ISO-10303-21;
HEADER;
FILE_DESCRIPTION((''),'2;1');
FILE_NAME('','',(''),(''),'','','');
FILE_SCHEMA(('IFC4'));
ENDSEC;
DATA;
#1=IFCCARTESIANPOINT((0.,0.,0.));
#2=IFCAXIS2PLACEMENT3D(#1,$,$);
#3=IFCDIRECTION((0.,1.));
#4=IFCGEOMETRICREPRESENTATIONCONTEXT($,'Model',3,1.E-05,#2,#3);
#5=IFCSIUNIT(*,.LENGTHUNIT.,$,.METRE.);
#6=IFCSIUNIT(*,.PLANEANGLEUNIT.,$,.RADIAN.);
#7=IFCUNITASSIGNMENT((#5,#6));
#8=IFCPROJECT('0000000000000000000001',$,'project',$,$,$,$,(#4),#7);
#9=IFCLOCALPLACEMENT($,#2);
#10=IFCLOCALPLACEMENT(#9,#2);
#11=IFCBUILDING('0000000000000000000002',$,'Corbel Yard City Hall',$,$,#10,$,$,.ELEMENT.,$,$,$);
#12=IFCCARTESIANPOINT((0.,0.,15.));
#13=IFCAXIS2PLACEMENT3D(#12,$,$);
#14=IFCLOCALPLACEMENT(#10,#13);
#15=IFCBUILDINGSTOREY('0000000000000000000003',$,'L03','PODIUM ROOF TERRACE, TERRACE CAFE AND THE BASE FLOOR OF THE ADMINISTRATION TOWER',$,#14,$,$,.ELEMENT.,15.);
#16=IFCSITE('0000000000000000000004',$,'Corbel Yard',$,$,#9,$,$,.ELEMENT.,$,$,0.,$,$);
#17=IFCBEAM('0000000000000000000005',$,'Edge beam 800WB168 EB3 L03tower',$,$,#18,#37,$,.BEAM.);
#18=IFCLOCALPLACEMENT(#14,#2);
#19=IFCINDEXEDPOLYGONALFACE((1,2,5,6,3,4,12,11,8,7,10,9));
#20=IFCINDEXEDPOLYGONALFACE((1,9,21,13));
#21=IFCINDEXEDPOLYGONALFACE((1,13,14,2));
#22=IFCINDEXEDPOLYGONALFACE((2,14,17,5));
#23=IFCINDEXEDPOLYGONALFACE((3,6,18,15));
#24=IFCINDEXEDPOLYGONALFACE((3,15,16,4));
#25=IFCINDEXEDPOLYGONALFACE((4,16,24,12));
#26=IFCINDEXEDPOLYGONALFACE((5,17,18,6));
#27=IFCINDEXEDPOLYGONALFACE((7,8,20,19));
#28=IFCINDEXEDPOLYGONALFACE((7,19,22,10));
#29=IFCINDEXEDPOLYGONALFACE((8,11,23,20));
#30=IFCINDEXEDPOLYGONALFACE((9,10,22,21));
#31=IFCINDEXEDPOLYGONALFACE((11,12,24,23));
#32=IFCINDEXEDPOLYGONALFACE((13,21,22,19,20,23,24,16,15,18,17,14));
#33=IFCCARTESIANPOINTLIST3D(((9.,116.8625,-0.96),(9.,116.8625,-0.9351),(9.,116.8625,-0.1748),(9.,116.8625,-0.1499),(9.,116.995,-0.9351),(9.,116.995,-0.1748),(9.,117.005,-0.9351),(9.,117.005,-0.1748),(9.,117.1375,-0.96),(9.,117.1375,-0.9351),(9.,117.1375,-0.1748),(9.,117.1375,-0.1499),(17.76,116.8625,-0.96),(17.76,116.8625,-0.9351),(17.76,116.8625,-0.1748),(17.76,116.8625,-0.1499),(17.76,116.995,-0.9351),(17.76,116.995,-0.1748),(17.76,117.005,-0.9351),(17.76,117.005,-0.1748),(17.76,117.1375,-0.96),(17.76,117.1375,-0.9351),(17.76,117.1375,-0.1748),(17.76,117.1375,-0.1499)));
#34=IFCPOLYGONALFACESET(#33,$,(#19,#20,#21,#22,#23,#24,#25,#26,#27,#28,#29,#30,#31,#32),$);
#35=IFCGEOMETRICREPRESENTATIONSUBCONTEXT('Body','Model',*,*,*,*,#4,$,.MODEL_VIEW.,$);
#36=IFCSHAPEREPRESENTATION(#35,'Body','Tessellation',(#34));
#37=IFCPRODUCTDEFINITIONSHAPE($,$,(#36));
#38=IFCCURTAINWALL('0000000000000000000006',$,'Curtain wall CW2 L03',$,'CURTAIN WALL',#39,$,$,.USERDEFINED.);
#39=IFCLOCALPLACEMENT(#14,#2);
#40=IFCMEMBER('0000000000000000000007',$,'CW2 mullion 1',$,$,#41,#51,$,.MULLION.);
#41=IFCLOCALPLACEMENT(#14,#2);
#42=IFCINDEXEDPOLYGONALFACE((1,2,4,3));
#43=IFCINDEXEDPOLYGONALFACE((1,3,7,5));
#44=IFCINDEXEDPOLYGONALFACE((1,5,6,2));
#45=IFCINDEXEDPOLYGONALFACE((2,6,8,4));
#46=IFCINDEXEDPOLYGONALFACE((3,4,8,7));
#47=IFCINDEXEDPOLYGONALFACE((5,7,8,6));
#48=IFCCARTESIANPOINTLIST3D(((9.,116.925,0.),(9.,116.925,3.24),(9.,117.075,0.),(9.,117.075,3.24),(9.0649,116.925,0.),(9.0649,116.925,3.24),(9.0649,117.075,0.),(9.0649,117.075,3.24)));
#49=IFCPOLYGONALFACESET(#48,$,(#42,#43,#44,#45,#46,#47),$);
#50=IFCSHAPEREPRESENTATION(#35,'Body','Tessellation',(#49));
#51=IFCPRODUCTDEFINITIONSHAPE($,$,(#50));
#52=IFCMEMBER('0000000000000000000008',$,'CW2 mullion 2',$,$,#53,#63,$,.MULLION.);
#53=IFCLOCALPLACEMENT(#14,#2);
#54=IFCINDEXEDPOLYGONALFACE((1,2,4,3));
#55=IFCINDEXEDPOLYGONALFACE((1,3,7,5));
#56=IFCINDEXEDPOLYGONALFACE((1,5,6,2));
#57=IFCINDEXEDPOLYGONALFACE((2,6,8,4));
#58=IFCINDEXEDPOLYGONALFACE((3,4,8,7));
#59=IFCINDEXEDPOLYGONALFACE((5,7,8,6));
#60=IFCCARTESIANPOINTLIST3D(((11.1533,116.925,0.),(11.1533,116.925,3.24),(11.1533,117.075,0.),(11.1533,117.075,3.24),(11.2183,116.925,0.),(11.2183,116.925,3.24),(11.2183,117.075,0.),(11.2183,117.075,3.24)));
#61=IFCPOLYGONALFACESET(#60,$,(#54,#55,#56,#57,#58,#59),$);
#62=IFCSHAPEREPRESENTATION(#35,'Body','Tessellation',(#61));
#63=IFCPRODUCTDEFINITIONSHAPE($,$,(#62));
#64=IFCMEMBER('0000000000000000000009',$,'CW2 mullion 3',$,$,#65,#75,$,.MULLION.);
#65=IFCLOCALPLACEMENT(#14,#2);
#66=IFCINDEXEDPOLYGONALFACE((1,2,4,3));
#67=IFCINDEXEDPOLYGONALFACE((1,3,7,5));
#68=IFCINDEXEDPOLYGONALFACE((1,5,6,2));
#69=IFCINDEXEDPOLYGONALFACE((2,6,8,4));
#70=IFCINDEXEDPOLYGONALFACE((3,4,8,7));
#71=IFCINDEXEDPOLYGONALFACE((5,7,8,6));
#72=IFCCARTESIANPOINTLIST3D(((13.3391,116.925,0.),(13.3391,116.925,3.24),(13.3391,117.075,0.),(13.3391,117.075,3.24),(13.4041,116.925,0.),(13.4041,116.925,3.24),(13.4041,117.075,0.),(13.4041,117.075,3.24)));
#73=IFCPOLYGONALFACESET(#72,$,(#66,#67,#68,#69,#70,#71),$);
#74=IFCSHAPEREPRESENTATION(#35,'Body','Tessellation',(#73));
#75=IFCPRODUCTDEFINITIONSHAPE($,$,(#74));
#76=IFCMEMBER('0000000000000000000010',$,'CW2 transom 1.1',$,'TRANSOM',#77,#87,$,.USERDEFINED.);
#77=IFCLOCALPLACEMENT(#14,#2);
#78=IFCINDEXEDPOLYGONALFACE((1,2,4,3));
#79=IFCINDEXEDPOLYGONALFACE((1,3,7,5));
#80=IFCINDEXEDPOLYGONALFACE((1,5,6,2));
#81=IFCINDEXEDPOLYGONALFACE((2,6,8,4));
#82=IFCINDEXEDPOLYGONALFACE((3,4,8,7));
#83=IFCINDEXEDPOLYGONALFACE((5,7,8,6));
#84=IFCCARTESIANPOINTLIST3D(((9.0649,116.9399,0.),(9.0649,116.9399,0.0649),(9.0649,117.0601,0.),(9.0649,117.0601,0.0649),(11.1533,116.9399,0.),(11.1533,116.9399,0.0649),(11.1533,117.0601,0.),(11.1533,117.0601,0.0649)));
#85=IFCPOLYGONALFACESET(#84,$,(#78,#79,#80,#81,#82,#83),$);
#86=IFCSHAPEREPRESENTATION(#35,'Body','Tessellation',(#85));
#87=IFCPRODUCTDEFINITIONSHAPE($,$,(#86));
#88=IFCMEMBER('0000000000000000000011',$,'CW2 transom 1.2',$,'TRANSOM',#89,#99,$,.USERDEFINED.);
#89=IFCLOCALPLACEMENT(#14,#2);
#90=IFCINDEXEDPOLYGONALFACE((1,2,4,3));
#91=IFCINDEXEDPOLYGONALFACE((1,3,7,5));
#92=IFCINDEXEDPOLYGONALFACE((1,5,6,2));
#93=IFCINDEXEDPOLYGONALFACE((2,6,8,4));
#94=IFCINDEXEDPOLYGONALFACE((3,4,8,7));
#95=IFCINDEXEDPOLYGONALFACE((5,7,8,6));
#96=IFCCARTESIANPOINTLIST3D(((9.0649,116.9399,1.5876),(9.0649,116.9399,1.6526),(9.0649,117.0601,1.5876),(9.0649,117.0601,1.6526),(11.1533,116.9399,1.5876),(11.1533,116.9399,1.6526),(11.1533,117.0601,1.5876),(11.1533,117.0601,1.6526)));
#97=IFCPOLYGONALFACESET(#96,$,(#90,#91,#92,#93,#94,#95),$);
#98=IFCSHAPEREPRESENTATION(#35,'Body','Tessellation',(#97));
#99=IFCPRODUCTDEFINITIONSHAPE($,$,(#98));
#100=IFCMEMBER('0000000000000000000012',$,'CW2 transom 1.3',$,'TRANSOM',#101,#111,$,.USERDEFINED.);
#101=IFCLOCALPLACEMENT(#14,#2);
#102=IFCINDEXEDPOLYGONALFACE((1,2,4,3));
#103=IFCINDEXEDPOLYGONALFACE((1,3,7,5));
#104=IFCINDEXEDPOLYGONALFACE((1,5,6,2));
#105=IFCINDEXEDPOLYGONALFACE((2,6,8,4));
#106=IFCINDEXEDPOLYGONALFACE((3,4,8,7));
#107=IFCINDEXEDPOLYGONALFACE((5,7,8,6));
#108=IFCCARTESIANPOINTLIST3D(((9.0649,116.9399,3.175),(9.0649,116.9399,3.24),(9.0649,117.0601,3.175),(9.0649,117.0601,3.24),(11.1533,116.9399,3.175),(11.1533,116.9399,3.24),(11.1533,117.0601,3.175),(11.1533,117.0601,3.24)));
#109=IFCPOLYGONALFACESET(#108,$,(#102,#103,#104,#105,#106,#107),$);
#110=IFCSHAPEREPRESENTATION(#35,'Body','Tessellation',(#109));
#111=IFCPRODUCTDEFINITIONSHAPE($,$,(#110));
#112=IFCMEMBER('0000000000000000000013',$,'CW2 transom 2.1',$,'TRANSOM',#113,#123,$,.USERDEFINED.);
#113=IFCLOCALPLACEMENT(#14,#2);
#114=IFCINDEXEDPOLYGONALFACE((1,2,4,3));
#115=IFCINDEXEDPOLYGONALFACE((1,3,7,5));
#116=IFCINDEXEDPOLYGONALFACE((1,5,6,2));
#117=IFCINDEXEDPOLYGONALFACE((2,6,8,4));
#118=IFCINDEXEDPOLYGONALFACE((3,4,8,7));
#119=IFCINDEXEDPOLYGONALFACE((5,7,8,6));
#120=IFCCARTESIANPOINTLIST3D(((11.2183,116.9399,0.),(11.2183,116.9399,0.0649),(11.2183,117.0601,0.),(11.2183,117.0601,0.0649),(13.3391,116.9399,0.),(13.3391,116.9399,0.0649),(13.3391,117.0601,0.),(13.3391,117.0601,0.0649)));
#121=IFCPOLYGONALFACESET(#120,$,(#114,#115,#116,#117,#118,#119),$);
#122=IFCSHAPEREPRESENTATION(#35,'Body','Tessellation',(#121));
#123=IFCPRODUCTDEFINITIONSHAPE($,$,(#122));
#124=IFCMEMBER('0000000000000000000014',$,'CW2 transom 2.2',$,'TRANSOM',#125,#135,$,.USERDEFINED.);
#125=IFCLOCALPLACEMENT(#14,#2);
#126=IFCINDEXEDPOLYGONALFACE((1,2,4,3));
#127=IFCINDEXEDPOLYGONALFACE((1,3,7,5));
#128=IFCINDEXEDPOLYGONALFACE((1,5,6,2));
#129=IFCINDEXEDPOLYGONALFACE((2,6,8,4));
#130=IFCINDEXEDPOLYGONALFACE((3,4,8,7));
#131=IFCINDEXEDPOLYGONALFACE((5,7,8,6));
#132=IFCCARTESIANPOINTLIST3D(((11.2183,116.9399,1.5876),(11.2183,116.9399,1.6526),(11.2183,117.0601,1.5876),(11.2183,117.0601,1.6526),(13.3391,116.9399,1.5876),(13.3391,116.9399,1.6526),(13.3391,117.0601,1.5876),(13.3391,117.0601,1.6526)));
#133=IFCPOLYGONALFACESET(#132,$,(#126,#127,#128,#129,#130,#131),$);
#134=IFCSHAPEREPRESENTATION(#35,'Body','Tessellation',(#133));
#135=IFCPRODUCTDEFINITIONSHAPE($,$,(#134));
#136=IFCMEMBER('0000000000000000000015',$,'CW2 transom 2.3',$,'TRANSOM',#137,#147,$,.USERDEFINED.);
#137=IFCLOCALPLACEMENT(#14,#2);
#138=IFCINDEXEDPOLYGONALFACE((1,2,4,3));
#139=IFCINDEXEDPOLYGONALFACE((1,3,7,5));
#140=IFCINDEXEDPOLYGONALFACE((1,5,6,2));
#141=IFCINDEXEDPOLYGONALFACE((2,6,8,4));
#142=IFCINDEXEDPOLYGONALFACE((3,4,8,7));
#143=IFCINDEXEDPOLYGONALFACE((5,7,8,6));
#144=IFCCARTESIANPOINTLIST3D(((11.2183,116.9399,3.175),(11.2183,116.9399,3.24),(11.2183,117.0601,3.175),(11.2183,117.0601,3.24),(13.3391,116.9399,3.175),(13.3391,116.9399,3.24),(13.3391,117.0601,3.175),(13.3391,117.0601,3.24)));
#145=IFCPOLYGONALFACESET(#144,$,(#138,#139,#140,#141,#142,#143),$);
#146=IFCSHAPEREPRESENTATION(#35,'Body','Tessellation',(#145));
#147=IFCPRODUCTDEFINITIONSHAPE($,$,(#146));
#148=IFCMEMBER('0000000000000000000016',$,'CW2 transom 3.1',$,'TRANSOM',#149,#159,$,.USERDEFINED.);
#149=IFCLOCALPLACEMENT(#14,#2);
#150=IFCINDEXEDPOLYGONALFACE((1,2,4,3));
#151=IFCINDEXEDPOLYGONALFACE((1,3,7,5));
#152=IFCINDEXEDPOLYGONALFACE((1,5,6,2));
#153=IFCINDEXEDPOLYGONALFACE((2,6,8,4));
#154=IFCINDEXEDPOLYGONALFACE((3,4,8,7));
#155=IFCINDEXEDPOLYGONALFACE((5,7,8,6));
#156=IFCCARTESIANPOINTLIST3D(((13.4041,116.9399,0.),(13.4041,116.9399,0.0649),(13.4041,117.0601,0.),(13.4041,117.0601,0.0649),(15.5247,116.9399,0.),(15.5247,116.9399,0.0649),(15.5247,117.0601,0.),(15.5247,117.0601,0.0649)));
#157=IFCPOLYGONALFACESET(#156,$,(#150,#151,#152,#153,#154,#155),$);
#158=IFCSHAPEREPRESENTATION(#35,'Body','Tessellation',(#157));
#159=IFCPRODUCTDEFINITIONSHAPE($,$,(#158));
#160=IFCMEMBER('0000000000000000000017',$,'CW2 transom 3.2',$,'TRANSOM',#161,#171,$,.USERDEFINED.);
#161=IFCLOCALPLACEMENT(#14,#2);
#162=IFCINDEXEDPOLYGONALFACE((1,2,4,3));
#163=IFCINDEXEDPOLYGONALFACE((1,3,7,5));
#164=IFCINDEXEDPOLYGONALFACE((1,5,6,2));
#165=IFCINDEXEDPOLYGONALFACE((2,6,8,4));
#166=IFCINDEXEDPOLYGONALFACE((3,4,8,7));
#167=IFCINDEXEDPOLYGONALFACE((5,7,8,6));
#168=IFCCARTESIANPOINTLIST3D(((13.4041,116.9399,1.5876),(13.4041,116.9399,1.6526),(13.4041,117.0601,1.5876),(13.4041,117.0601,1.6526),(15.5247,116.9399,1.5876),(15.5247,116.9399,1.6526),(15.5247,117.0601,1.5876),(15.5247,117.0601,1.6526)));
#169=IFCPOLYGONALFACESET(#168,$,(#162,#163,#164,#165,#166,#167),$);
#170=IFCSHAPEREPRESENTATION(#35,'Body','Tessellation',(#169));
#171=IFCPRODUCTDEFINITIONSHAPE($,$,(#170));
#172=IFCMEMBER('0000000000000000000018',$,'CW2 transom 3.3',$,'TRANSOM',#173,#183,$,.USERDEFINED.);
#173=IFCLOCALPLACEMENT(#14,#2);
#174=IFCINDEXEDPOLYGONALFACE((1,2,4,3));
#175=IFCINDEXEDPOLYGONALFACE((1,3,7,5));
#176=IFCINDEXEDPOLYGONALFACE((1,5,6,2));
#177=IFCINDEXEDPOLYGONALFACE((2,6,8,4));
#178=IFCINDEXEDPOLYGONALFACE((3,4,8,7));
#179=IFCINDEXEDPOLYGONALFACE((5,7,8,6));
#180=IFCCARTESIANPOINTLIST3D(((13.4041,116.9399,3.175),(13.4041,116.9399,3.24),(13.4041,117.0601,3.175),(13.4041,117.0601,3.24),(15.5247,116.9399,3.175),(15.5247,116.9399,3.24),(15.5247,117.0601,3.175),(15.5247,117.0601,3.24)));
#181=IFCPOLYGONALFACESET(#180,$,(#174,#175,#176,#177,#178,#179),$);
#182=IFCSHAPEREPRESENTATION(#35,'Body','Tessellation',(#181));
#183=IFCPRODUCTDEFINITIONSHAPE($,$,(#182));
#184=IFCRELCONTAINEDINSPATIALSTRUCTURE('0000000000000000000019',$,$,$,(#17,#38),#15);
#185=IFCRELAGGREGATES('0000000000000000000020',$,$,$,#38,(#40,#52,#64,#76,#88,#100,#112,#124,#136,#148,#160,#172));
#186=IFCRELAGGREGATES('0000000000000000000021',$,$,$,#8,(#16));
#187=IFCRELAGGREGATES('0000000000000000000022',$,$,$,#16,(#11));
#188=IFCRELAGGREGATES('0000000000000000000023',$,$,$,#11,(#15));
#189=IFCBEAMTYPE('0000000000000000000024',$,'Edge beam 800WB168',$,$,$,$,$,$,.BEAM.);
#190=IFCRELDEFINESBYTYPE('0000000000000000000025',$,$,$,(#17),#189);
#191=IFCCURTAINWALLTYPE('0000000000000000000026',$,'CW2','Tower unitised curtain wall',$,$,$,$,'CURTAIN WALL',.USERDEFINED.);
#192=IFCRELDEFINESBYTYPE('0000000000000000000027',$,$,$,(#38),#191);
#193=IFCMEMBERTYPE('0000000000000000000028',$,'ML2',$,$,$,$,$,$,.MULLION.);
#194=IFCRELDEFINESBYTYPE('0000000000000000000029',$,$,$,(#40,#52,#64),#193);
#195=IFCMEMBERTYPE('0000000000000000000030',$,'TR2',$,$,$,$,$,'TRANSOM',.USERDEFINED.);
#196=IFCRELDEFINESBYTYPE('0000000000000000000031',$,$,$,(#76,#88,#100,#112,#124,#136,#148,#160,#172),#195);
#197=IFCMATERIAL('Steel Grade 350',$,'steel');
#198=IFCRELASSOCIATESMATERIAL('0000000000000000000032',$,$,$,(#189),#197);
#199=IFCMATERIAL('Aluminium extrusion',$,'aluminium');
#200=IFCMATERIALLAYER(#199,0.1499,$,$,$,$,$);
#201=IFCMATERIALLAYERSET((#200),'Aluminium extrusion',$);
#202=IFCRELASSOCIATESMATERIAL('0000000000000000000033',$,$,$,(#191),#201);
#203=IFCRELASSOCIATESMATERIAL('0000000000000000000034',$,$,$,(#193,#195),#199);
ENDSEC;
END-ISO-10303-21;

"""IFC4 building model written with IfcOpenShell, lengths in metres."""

from ifc_helpers import new_model, si_unit, direction, frame, origin, origin_2d, place, context, subcontext, project, spatial, rectangle, i_section, extrude, material, layer, layer_set, material_profile, profile_set, type_object, element, aggregate, save


model = new_model("IFC4")

# Units and contexts
model_context = context("Model", 3, precision=1e-05, world=origin(), true_north=direction((0.0, 1.0)))
body_context = subcontext(model_context, "Body", "Model", "MODEL_VIEW")
ifc_project = project(units=[si_unit("LENGTHUNIT", "METRE"), si_unit("PLANEANGLEUNIT", "RADIAN")], contexts=[model_context])

# Site, building, storey
site_placement = place(None, origin())
site = spatial("IfcSite", under=ifc_project, at=site_placement, Name="Corbel Yard", CompositionType="ELEMENT", RefElevation=0.0)
building_placement = place(site_placement, origin())
building = spatial("IfcBuilding", under=site, at=building_placement, Name="Corbel Yard City Hall", CompositionType="ELEMENT")
storey_placement = place(building_placement, frame((0.0, 0.0, 15.0)))
storey = spatial("IfcBuildingStorey", under=building, at=storey_placement, Name="L03", Description="PODIUM ROOF TERRACE, TERRACE CAFE AND THE BASE FLOOR OF THE ADMINISTRATION TOWER", CompositionType="ELEMENT", Elevation=15.0)

# Beam
ifc_material_1 = material(Name="Steel Grade 350", Category="steel")
ifc_material_profile_1 = material_profile(ifc_material_1, i_section(OverallWidth=0.2749, OverallDepth=0.8101, WebThickness=0.01, FlangeThickness=0.0249, at=origin_2d()), Name="800WB168")
ifc_profile_set_1 = profile_set([ifc_material_profile_1], Name="Steel Grade 350")
beam_type = type_object("IfcBeamType", Name="Edge beam 800WB168", PredefinedType="BEAM", material=ifc_profile_set_1)
beam_placement = place(storey_placement, frame((9.0, 117.0, -0.5549), z_axis=(1.0, 0.0, 0.0), x_axis=(0.0, 1.0, 0.0)))
element("IfcBeam", 1, at=beam_placement, inside=storey, type_object=beam_type, Name="Edge beam 800WB168 EB3 L03tower", PredefinedType="BEAM", context=body_context, shape_type="SweptSolid", body=[
    extrude(i_section(OverallWidth=0.2749, OverallDepth=0.8101, WebThickness=0.01, FlangeThickness=0.0249, at=origin_2d()), origin(), (0.0, 0.0, 1.0), 8.76),
])

# Curtain wall, members
ifc_material_2 = material(Name="Aluminium extrusion", Category="aluminium")
ifc_layer_1 = layer(ifc_material_2, 0.1499)
ifc_layer_set_1 = layer_set([ifc_layer_1], Name="Aluminium extrusion")
curtain_wall_type = type_object("IfcCurtainWallType", Name="CW2", Description="Tower unitised curtain wall", ElementType="CURTAIN WALL", PredefinedType="USERDEFINED", material=ifc_layer_set_1)
curtain_wall_placement = place(storey_placement, origin())
curtain_wall = element("IfcCurtainWall", 2, at=curtain_wall_placement, inside=storey, type_object=curtain_wall_type, Name="Curtain wall CW2 L03", ObjectType="CURTAIN WALL", PredefinedType="USERDEFINED")
ifc_material_profile_2 = material_profile(ifc_material_2, rectangle(XDim=0.1499, YDim=0.0649, at=origin_2d()), Name="150x65")
ifc_profile_set_2 = profile_set([ifc_material_profile_2], Name="Aluminium extrusion")
member_type_1 = type_object("IfcMemberType", Name="ML2", PredefinedType="MULLION", material=ifc_profile_set_2)
member_1_placement = place(storey_placement, frame((9.0325, 117.0, 0.0), z_axis=(0.0, 0.0, 1.0), x_axis=(0.0, 1.0, 0.0)))
member_1 = element("IfcMember", 3, at=member_1_placement, type_object=member_type_1, Name="CW2 mullion 1", PredefinedType="MULLION", context=body_context, shape_type="SweptSolid", body=[
    extrude(rectangle(XDim=0.1499, YDim=0.0649, at=origin_2d()), origin(), (0.0, 0.0, 1.0), 3.24),
])
member_2_placement = place(storey_placement, frame((11.1858, 117.0, 0.0), z_axis=(0.0, 0.0, 1.0), x_axis=(0.0, 1.0, 0.0)))
member_2 = element("IfcMember", 4, at=member_2_placement, type_object=member_type_1, Name="CW2 mullion 2", PredefinedType="MULLION", context=body_context, shape_type="SweptSolid", body=[
    extrude(rectangle(XDim=0.1499, YDim=0.0649, at=origin_2d()), origin(), (0.0, 0.0, 1.0), 3.24),
])
member_3_placement = place(storey_placement, frame((13.3716, 117.0, 0.0), z_axis=(0.0, 0.0, 1.0), x_axis=(0.0, 1.0, 0.0)))
member_3 = element("IfcMember", 5, at=member_3_placement, type_object=member_type_1, Name="CW2 mullion 3", PredefinedType="MULLION", context=body_context, shape_type="SweptSolid", body=[
    extrude(rectangle(XDim=0.1499, YDim=0.0649, at=origin_2d()), origin(), (0.0, 0.0, 1.0), 3.24),
])
ifc_material_profile_3 = material_profile(ifc_material_2, rectangle(XDim=0.1201, YDim=0.0649, at=origin_2d()), Name="120x65")
ifc_profile_set_3 = profile_set([ifc_material_profile_3], Name="Aluminium extrusion")
member_type_2 = type_object("IfcMemberType", Name="TR2", ElementType="TRANSOM", PredefinedType="USERDEFINED", material=ifc_profile_set_3)
member_4_placement = place(storey_placement, frame((9.0649, 117.0, 0.0325), z_axis=(1.0, 0.0, 0.0), x_axis=(0.0, 1.0, 0.0)))
member_4 = element("IfcMember", 6, at=member_4_placement, type_object=member_type_2, Name="CW2 transom 1.1", ObjectType="TRANSOM", PredefinedType="USERDEFINED", context=body_context, shape_type="SweptSolid", body=[
    extrude(rectangle(XDim=0.1201, YDim=0.0649, at=origin_2d()), origin(), (0.0, 0.0, 1.0), 2.0884),
])
member_5_placement = place(storey_placement, frame((9.0649, 117.0, 1.6201), z_axis=(1.0, 0.0, 0.0), x_axis=(0.0, 1.0, 0.0)))
member_5 = element("IfcMember", 7, at=member_5_placement, type_object=member_type_2, Name="CW2 transom 1.2", ObjectType="TRANSOM", PredefinedType="USERDEFINED", context=body_context, shape_type="SweptSolid", body=[
    extrude(rectangle(XDim=0.1201, YDim=0.0649, at=origin_2d()), origin(), (0.0, 0.0, 1.0), 2.0884),
])
member_6_placement = place(storey_placement, frame((9.0649, 117.0, 3.2075), z_axis=(1.0, 0.0, 0.0), x_axis=(0.0, 1.0, 0.0)))
member_6 = element("IfcMember", 8, at=member_6_placement, type_object=member_type_2, Name="CW2 transom 1.3", ObjectType="TRANSOM", PredefinedType="USERDEFINED", context=body_context, shape_type="SweptSolid", body=[
    extrude(rectangle(XDim=0.1201, YDim=0.0649, at=origin_2d()), origin(), (0.0, 0.0, 1.0), 2.0884),
])
member_7_placement = place(storey_placement, frame((11.2183, 117.0, 0.0325), z_axis=(1.0, 0.0, 0.0), x_axis=(0.0, 1.0, 0.0)))
member_7 = element("IfcMember", 9, at=member_7_placement, type_object=member_type_2, Name="CW2 transom 2.1", ObjectType="TRANSOM", PredefinedType="USERDEFINED", context=body_context, shape_type="SweptSolid", body=[
    extrude(rectangle(XDim=0.1201, YDim=0.0649, at=origin_2d()), origin(), (0.0, 0.0, 1.0), 2.1208),
])
member_8_placement = place(storey_placement, frame((11.2183, 117.0, 1.6201), z_axis=(1.0, 0.0, 0.0), x_axis=(0.0, 1.0, 0.0)))
member_8 = element("IfcMember", 10, at=member_8_placement, type_object=member_type_2, Name="CW2 transom 2.2", ObjectType="TRANSOM", PredefinedType="USERDEFINED", context=body_context, shape_type="SweptSolid", body=[
    extrude(rectangle(XDim=0.1201, YDim=0.0649, at=origin_2d()), origin(), (0.0, 0.0, 1.0), 2.1208),
])
member_9_placement = place(storey_placement, frame((11.2183, 117.0, 3.2075), z_axis=(1.0, 0.0, 0.0), x_axis=(0.0, 1.0, 0.0)))
member_9 = element("IfcMember", 11, at=member_9_placement, type_object=member_type_2, Name="CW2 transom 2.3", ObjectType="TRANSOM", PredefinedType="USERDEFINED", context=body_context, shape_type="SweptSolid", body=[
    extrude(rectangle(XDim=0.1201, YDim=0.0649, at=origin_2d()), origin(), (0.0, 0.0, 1.0), 2.1208),
])
member_10_placement = place(storey_placement, frame((13.4041, 117.0, 0.0325), z_axis=(1.0, 0.0, 0.0), x_axis=(0.0, 1.0, 0.0)))
member_10 = element("IfcMember", 12, at=member_10_placement, type_object=member_type_2, Name="CW2 transom 3.1", ObjectType="TRANSOM", PredefinedType="USERDEFINED", context=body_context, shape_type="SweptSolid", body=[
    extrude(rectangle(XDim=0.1201, YDim=0.0649, at=origin_2d()), origin(), (0.0, 0.0, 1.0), 2.1206),
])
member_11_placement = place(storey_placement, frame((13.4041, 117.0, 1.6201), z_axis=(1.0, 0.0, 0.0), x_axis=(0.0, 1.0, 0.0)))
member_11 = element("IfcMember", 13, at=member_11_placement, type_object=member_type_2, Name="CW2 transom 3.2", ObjectType="TRANSOM", PredefinedType="USERDEFINED", context=body_context, shape_type="SweptSolid", body=[
    extrude(rectangle(XDim=0.1201, YDim=0.0649, at=origin_2d()), origin(), (0.0, 0.0, 1.0), 2.1206),
])
member_12_placement = place(storey_placement, frame((13.4041, 117.0, 3.2075), z_axis=(1.0, 0.0, 0.0), x_axis=(0.0, 1.0, 0.0)))
member_12 = element("IfcMember", 14, at=member_12_placement, type_object=member_type_2, Name="CW2 transom 3.3", ObjectType="TRANSOM", PredefinedType="USERDEFINED", context=body_context, shape_type="SweptSolid", body=[
    extrude(rectangle(XDim=0.1201, YDim=0.0649, at=origin_2d()), origin(), (0.0, 0.0, 1.0), 2.1206),
])
aggregate(curtain_wall, [member_1, member_2, member_3, member_4, member_5, member_6, member_7, member_8, member_9, member_10, member_11, member_12])

save(model, "model.ifc")
